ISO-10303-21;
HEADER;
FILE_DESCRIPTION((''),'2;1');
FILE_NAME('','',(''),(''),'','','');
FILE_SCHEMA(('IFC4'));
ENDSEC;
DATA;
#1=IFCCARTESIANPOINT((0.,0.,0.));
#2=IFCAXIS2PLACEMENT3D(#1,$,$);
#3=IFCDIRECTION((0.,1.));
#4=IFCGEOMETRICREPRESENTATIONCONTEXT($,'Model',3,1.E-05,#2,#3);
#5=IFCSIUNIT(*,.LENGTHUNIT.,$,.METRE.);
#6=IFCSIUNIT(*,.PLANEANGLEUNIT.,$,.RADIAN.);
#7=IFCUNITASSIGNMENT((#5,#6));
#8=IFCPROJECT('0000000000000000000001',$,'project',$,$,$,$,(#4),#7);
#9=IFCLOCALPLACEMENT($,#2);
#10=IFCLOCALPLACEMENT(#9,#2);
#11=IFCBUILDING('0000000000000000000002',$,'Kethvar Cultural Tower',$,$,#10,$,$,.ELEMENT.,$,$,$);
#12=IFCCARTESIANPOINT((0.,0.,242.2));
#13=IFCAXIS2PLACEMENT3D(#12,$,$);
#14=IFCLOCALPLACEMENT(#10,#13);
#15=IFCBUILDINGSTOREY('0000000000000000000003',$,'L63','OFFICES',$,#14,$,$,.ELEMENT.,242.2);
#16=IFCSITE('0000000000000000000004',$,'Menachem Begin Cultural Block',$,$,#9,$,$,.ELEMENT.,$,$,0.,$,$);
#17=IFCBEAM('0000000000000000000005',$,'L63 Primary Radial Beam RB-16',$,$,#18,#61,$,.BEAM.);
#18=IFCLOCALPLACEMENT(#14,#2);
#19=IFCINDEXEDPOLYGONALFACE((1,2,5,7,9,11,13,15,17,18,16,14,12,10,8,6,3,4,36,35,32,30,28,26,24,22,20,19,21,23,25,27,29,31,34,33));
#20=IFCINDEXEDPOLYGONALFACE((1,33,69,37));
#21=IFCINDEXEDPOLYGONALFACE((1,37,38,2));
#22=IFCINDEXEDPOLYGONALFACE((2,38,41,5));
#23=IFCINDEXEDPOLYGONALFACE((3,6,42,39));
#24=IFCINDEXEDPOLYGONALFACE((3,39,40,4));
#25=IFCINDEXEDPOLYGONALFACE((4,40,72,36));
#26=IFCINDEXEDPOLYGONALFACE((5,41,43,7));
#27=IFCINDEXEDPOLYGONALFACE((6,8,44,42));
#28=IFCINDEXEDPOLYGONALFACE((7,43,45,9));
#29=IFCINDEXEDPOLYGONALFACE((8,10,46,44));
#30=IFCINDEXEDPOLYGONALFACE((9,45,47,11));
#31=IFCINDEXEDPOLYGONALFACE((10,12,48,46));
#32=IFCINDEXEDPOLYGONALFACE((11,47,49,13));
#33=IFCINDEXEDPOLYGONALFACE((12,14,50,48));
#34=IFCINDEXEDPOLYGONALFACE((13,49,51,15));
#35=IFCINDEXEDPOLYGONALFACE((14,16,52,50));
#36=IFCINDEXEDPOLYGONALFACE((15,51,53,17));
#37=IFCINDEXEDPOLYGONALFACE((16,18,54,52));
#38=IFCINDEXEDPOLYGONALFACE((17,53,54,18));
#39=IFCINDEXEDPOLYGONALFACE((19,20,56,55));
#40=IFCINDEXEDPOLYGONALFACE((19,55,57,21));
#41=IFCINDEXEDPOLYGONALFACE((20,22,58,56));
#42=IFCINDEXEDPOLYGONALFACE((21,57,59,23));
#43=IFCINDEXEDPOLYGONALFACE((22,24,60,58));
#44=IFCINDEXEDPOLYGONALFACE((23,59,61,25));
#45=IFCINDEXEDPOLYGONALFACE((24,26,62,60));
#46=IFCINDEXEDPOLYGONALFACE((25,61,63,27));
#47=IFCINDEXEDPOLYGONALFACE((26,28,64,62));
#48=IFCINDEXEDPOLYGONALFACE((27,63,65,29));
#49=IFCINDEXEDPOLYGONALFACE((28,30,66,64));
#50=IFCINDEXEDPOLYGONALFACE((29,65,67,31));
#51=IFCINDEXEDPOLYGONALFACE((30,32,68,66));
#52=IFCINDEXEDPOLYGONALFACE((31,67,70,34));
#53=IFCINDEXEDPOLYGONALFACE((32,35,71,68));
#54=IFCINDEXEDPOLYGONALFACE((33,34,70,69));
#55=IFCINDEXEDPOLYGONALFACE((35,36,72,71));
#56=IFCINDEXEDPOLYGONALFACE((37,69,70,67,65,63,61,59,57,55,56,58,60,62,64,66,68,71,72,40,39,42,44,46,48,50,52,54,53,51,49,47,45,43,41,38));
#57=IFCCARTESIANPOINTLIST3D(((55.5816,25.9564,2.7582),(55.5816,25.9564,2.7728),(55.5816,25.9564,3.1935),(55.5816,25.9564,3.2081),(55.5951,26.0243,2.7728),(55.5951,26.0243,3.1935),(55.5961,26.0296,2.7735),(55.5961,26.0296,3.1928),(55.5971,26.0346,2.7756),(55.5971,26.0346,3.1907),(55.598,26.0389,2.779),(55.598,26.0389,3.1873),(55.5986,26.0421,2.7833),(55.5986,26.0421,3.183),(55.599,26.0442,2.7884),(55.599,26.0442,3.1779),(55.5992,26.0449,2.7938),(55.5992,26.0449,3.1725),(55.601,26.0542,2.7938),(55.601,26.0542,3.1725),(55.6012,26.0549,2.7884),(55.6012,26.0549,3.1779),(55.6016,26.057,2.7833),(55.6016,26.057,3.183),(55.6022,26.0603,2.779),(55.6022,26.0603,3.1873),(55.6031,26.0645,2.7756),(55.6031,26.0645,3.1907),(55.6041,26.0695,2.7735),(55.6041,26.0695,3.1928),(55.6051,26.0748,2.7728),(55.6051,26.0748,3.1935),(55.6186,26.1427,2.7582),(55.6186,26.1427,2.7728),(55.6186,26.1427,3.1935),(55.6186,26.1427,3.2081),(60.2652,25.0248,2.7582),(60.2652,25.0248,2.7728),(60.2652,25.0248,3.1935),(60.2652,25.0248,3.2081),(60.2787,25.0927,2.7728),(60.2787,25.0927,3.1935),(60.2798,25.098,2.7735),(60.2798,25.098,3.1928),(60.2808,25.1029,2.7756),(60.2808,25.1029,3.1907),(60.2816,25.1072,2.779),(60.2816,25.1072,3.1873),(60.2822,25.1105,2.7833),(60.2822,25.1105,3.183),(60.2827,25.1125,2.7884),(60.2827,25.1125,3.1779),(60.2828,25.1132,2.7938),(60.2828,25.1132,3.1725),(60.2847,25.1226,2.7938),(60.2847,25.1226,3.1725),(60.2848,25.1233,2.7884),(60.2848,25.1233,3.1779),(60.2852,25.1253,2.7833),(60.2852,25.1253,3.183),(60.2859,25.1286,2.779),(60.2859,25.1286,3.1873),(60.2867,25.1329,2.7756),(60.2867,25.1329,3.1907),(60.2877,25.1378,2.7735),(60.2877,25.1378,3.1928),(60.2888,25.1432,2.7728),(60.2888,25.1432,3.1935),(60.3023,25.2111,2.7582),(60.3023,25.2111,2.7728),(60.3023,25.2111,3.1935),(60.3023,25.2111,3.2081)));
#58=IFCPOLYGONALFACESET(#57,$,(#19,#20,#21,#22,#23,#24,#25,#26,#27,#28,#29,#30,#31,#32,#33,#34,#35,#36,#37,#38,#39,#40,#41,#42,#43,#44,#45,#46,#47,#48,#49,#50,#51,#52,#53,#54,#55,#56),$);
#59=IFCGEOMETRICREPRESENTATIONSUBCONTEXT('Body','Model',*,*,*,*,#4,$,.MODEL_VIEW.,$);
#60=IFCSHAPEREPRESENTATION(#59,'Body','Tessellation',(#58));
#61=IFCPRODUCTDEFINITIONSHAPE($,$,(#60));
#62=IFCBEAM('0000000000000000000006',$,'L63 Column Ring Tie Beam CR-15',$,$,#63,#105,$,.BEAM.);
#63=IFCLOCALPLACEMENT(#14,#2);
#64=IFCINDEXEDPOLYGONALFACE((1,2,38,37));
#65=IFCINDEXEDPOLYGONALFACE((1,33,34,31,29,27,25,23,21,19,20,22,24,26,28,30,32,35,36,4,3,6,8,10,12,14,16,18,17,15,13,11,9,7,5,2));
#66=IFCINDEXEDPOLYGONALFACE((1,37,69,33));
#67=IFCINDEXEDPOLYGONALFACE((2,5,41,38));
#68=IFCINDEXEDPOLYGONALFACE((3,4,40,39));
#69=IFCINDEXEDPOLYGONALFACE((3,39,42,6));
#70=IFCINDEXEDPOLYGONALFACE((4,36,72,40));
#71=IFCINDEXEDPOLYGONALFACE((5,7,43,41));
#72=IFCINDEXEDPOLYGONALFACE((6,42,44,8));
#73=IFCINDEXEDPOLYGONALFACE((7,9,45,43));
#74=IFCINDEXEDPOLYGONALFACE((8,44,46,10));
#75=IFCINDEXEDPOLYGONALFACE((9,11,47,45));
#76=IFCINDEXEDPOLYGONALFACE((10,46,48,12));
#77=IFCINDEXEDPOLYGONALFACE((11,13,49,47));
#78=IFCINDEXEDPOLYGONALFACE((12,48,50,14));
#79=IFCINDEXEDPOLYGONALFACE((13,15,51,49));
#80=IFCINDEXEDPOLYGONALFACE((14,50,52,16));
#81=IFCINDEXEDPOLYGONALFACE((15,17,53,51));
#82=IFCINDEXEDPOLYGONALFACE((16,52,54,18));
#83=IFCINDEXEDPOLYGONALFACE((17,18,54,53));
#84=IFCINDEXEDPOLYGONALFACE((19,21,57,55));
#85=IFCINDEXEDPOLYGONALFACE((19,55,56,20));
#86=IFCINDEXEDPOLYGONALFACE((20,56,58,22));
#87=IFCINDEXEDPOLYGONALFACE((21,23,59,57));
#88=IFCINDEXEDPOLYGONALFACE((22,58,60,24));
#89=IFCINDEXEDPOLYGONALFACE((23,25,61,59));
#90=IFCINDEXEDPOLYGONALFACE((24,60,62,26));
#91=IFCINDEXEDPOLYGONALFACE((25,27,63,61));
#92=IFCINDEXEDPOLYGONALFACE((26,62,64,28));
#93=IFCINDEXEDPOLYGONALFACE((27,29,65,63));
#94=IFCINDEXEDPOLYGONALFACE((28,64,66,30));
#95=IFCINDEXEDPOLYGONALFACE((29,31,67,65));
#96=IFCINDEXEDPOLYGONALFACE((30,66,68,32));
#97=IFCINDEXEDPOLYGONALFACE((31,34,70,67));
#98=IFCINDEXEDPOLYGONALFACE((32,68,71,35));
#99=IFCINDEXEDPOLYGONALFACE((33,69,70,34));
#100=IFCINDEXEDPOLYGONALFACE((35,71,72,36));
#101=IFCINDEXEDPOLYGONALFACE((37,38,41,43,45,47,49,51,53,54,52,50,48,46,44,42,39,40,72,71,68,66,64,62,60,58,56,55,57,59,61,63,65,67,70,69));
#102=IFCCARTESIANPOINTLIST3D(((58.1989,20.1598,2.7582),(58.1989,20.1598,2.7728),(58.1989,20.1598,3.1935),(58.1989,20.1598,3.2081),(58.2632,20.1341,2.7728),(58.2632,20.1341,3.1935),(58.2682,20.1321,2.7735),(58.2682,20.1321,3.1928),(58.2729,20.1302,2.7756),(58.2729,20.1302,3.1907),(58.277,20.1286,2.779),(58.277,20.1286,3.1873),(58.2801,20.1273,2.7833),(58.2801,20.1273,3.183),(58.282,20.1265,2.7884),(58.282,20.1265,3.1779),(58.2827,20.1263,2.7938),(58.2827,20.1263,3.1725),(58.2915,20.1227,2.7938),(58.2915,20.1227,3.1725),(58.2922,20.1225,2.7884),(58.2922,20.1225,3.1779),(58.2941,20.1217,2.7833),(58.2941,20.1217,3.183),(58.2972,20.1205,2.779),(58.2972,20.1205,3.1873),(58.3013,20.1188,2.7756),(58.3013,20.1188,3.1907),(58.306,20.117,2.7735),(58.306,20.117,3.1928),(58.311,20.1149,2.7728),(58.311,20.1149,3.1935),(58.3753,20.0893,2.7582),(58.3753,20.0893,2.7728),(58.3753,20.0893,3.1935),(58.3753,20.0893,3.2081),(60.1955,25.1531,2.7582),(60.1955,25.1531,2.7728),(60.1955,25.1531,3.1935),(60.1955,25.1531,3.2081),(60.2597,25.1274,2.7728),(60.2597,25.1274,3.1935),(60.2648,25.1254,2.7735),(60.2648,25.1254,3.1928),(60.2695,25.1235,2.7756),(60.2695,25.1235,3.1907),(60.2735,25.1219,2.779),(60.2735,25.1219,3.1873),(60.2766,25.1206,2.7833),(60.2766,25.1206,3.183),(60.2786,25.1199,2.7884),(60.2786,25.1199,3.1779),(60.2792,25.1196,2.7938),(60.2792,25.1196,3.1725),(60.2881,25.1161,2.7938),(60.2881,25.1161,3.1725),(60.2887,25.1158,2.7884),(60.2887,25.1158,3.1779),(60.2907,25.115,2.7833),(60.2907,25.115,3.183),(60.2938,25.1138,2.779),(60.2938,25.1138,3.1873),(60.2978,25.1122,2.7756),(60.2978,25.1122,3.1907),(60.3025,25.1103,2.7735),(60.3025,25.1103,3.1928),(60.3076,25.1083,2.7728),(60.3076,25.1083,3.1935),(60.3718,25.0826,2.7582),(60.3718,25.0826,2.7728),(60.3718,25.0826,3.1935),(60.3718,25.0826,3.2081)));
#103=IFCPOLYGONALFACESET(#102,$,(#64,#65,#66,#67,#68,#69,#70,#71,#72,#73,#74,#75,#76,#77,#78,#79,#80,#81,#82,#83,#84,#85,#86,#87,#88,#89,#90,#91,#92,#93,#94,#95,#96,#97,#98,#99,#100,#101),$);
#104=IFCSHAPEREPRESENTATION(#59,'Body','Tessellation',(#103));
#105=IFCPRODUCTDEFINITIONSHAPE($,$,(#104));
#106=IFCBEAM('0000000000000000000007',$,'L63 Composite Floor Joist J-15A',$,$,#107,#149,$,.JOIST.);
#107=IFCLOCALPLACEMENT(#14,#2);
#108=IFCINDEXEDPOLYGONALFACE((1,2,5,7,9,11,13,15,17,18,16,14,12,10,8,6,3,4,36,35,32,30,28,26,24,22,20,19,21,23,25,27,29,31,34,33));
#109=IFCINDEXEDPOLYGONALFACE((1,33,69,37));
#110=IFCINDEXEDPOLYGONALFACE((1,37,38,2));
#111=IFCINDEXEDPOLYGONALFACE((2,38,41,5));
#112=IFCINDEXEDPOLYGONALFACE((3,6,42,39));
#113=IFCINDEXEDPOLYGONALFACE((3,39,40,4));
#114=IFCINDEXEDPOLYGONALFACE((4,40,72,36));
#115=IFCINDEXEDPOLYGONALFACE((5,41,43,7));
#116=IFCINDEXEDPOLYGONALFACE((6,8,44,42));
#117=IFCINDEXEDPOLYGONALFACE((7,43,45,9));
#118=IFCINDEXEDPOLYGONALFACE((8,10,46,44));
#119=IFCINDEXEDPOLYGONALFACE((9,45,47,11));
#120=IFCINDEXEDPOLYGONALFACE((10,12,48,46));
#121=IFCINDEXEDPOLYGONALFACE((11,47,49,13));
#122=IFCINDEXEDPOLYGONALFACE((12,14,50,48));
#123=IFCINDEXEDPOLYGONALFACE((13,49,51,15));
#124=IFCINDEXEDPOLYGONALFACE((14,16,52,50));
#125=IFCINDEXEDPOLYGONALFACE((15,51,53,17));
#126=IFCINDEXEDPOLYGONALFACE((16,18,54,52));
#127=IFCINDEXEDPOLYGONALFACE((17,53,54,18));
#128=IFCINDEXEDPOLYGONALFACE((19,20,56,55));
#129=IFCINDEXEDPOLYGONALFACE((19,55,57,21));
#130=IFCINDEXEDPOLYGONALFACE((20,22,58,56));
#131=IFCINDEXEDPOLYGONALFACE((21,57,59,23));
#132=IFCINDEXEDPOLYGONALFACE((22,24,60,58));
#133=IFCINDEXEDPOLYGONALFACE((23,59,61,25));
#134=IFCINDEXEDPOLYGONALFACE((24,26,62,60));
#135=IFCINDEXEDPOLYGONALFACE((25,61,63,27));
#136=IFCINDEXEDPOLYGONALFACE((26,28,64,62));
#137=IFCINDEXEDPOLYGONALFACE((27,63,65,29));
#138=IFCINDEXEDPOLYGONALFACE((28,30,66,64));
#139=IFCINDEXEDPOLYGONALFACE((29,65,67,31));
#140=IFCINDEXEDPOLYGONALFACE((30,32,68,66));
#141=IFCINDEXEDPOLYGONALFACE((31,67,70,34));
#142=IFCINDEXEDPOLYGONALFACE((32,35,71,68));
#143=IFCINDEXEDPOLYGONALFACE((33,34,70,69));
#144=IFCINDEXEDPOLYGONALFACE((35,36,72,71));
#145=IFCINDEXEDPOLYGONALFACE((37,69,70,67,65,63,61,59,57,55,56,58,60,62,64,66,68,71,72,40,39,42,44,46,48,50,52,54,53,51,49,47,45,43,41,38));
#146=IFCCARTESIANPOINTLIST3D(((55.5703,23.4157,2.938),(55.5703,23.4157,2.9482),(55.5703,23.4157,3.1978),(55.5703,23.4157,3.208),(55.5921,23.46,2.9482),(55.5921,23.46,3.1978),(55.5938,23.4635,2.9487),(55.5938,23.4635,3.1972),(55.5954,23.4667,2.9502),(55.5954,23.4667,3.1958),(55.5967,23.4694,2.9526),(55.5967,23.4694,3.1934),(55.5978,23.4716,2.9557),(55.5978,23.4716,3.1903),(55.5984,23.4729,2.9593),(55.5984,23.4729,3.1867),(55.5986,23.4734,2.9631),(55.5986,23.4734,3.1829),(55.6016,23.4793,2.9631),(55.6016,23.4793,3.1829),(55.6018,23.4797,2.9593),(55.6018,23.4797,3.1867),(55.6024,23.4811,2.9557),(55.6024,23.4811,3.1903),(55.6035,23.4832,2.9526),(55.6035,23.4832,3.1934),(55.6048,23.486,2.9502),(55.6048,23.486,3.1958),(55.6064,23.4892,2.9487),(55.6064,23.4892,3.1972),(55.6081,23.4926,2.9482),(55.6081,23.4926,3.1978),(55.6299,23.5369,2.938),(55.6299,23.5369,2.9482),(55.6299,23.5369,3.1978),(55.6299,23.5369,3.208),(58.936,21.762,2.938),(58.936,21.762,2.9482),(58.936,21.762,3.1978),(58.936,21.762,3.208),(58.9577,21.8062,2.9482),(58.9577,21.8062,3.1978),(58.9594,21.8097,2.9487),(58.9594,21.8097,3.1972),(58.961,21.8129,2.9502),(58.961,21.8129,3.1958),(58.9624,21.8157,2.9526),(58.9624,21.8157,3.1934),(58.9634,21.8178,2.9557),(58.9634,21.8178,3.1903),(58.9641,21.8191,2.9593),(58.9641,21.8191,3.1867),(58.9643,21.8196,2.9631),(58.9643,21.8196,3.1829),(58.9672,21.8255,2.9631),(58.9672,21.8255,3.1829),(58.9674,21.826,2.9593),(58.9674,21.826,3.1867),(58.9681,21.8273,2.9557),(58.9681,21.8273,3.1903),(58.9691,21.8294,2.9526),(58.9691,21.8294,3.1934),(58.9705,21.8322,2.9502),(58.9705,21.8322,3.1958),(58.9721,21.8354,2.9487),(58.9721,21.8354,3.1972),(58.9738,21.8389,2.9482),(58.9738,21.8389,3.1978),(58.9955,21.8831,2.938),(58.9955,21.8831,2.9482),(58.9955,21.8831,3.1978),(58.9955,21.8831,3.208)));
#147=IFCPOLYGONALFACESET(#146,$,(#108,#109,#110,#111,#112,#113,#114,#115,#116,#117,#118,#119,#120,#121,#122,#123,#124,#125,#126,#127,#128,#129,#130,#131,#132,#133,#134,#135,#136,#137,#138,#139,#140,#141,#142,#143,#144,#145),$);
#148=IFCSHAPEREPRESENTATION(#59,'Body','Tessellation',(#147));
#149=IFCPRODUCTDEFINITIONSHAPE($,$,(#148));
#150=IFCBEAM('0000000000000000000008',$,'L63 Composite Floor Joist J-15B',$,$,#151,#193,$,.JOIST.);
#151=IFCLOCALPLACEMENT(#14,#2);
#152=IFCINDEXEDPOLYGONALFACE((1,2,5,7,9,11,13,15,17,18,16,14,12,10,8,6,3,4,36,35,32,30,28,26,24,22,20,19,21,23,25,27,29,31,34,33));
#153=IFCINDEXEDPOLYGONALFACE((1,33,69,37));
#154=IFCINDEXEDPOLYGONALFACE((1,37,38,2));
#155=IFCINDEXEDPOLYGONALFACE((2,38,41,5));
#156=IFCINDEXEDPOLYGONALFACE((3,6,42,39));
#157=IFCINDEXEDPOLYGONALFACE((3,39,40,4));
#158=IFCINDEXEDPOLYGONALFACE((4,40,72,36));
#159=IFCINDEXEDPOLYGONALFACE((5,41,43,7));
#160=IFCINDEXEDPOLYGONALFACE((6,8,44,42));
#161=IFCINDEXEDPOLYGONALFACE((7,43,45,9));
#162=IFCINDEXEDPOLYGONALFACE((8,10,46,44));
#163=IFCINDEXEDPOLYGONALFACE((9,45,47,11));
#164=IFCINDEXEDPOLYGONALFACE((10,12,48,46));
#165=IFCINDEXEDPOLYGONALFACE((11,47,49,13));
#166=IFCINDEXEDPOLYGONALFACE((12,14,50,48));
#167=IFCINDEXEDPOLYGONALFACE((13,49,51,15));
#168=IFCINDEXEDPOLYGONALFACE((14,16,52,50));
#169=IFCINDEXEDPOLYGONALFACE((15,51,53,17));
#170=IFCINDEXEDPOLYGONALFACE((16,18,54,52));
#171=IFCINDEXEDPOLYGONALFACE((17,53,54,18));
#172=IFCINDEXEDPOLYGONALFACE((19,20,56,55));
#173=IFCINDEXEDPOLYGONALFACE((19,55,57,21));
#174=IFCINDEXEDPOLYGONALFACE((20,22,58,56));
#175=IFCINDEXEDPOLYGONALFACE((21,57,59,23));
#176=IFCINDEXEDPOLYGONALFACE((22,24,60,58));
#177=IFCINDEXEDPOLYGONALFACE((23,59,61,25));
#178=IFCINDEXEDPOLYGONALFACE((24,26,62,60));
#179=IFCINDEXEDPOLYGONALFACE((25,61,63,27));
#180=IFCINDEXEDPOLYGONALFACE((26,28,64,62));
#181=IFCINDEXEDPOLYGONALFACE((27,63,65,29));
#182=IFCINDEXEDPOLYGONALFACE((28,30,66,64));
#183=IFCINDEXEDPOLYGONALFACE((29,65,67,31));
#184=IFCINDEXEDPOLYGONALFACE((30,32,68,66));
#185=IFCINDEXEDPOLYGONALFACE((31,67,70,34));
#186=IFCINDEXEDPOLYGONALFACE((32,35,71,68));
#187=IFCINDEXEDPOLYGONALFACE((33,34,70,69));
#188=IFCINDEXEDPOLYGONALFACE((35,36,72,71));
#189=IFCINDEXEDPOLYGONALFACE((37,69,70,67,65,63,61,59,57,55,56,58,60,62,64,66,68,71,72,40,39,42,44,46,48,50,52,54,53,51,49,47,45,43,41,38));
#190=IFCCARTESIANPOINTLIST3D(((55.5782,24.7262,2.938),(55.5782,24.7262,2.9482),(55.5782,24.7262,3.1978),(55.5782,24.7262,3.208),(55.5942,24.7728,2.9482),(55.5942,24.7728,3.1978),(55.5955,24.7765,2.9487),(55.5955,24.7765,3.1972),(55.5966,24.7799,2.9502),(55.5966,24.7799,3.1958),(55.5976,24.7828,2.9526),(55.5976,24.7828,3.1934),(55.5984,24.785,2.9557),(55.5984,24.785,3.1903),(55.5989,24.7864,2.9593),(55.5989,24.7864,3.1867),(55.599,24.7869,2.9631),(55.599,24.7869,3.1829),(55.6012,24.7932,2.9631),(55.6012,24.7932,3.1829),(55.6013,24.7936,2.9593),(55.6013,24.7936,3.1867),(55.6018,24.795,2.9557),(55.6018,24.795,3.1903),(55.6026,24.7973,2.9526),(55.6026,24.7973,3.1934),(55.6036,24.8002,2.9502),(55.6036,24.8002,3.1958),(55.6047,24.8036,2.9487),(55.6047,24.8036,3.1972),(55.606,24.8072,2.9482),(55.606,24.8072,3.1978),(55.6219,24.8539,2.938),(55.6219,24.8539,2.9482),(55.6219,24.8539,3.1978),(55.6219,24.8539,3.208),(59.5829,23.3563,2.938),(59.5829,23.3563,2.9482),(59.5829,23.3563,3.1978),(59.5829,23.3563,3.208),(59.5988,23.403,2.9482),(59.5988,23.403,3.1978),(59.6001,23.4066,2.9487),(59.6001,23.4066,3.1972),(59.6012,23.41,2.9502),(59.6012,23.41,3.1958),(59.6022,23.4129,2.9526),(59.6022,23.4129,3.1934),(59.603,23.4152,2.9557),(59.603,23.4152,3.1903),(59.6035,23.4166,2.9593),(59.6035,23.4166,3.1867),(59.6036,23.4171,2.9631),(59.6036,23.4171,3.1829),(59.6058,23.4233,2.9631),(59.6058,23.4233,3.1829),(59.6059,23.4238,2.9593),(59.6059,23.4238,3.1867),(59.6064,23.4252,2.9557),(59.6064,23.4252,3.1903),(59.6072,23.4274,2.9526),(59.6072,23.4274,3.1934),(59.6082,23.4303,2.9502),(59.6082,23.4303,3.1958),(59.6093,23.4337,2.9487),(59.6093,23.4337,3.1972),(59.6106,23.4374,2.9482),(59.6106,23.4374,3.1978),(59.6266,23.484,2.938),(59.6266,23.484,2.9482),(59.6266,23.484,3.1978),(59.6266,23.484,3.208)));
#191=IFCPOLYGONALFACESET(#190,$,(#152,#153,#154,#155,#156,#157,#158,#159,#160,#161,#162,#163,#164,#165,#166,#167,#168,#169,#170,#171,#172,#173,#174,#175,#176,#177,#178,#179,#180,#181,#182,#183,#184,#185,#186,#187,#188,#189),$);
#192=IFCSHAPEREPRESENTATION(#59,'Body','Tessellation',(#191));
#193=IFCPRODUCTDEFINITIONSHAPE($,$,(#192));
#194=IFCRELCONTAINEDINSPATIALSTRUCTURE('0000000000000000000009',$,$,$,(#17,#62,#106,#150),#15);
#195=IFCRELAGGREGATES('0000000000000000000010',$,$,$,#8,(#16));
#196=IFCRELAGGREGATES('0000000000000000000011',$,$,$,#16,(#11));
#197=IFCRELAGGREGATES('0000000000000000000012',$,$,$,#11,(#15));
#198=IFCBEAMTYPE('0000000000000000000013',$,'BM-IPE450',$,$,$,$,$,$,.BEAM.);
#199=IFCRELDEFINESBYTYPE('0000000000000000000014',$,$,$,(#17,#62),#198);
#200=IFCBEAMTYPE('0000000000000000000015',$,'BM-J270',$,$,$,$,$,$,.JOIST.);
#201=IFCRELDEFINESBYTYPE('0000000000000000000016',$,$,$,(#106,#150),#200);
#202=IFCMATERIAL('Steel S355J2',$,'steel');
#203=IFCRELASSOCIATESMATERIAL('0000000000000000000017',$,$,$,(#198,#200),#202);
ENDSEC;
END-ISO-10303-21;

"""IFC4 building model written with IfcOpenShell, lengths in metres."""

from ifc_helpers import new_model, si_unit, direction, frame, origin, origin_2d, place, context, subcontext, project, spatial, i_section, extrude, source, transform, mapped, material, material_profile, profile_set, type_object, element, save


model = new_model("IFC4")

# Units and contexts
model_context = context("Model", 3, precision=1e-05, world=origin(), true_north=direction((0.0, 1.0)))
body_context = subcontext(model_context, "Body", "Model", "MODEL_VIEW")
ifc_project = project(units=[si_unit("LENGTHUNIT", "METRE"), si_unit("PLANEANGLEUNIT", "RADIAN")], contexts=[model_context])

# Site, building, storey
site_placement = place(None, origin())
site = spatial("IfcSite", under=ifc_project, at=site_placement, Name="Menachem Begin Cultural Block", CompositionType="ELEMENT", RefElevation=0.0)
building_placement = place(site_placement, origin())
building = spatial("IfcBuilding", under=site, at=building_placement, Name="Kethvar Cultural Tower", CompositionType="ELEMENT")
storey_placement = place(building_placement, frame((0.0, 0.0, 242.2)))
storey = spatial("IfcBuildingStorey", under=building, at=storey_placement, Name="L63", Description="OFFICES", CompositionType="ELEMENT", Elevation=242.2)

# Beams
ifc_material_1 = material(Name="Steel S355J2", Category="steel")
ifc_material_profile_1 = material_profile(ifc_material_1, i_section(OverallWidth=0.1899, OverallDepth=0.45, WebThickness=0.0095, FlangeThickness=0.0146, FilletRadius=0.021, at=origin_2d()), Name="Steel S355J2 — IPE450")
ifc_profile_set_1 = profile_set([ifc_material_profile_1], Name="Steel S355J2 — IPE450")
beam_type_1 = type_object("IfcBeamType", Name="BM-IPE450", PredefinedType="BEAM", material=ifc_profile_set_1)
shared_shape_1 = source(origin(), body_context, "Body", "SweptSolid", [
    extrude(i_section(OverallWidth=0.1899, OverallDepth=0.45, WebThickness=0.0095, FlangeThickness=0.0146, FilletRadius=0.021, at=origin_2d()), origin(), (0.0, 0.0, 1.0), 4.7754),
])
beam_1_placement = place(storey_placement, frame((55.6001, 26.0496, 2.9832), z_axis=(0.980785, -0.195094, 0.0), x_axis=(0.195094, 0.980785, 0.0)))
element("IfcBeam", 1, at=beam_1_placement, inside=storey, type_object=beam_type_1, Name="L63 Primary Radial Beam RB-16", PredefinedType="BEAM", context=body_context, shape_type="MappedRepresentation", body=[
    mapped(shared_shape_1, transform((0.0, 0.0, 0.0), scale=1.0)),
])
shared_shape_2 = source(origin(), body_context, "Body", "SweptSolid", [
    extrude(i_section(OverallWidth=0.1899, OverallDepth=0.45, WebThickness=0.0095, FlangeThickness=0.0146, FilletRadius=0.021, at=origin_2d()), origin(), (0.0, 0.0, 1.0), 5.3777),
])
beam_2_placement = place(storey_placement, frame((58.2871, 20.1245, 2.9832), z_axis=(0.371265, 0.928527, 0.0), x_axis=(-0.928527, 0.371265, 0.0)))
element("IfcBeam", 2, at=beam_2_placement, inside=storey, type_object=beam_type_1, Name="L63 Column Ring Tie Beam CR-15", PredefinedType="BEAM", context=body_context, shape_type="MappedRepresentation", body=[
    mapped(shared_shape_2, transform((0.0, 0.0, 0.0), scale=1.0)),
])
ifc_material_profile_2 = material_profile(ifc_material_1, i_section(OverallWidth=0.135, OverallDepth=0.27, WebThickness=0.0066, FlangeThickness=0.0103, FilletRadius=0.0149, at=origin_2d()), Name="Steel S355J2 — IPE270")
ifc_profile_set_2 = profile_set([ifc_material_profile_2], Name="Steel S355J2 — IPE270")
beam_type_2 = type_object("IfcBeamType", Name="BM-J270", PredefinedType="JOIST", material=ifc_profile_set_2)
shared_shape_3 = source(origin(), body_context, "Body", "SweptSolid", [
    extrude(i_section(OverallWidth=0.135, OverallDepth=0.27, WebThickness=0.0066, FlangeThickness=0.0103, FilletRadius=0.0149, at=origin_2d()), origin(), (0.0, 0.0, 1.0), 3.75),
])
beam_3_placement = place(storey_placement, frame((55.6001, 23.4763, 3.073), z_axis=(0.897505, -0.441005, 0.0), x_axis=(0.441005, 0.897505, 0.0)))
element("IfcBeam", 3, at=beam_3_placement, inside=storey, type_object=beam_type_2, Name="L63 Composite Floor Joist J-15A", PredefinedType="JOIST", context=body_context, shape_type="MappedRepresentation", body=[
    mapped(shared_shape_3, transform((0.0, 0.0, 0.0), scale=1.0)),
])
shared_shape_4 = source(origin(), body_context, "Body", "SweptSolid", [
    extrude(i_section(OverallWidth=0.135, OverallDepth=0.27, WebThickness=0.0066, FlangeThickness=0.0103, FilletRadius=0.0149, at=origin_2d()), origin(), (0.0, 0.0, 1.0), 4.2324),
])
beam_4_placement = place(storey_placement, frame((55.6001, 24.79, 3.073), z_axis=(0.946174, -0.323659, 0.0), x_axis=(0.323659, 0.946174, 0.0)))
element("IfcBeam", 4, at=beam_4_placement, inside=storey, type_object=beam_type_2, Name="L63 Composite Floor Joist J-15B", PredefinedType="JOIST", context=body_context, shape_type="MappedRepresentation", body=[
    mapped(shared_shape_4, transform((0.0, 0.0, 0.0), scale=1.0)),
])

save(model, "model.ifc")
